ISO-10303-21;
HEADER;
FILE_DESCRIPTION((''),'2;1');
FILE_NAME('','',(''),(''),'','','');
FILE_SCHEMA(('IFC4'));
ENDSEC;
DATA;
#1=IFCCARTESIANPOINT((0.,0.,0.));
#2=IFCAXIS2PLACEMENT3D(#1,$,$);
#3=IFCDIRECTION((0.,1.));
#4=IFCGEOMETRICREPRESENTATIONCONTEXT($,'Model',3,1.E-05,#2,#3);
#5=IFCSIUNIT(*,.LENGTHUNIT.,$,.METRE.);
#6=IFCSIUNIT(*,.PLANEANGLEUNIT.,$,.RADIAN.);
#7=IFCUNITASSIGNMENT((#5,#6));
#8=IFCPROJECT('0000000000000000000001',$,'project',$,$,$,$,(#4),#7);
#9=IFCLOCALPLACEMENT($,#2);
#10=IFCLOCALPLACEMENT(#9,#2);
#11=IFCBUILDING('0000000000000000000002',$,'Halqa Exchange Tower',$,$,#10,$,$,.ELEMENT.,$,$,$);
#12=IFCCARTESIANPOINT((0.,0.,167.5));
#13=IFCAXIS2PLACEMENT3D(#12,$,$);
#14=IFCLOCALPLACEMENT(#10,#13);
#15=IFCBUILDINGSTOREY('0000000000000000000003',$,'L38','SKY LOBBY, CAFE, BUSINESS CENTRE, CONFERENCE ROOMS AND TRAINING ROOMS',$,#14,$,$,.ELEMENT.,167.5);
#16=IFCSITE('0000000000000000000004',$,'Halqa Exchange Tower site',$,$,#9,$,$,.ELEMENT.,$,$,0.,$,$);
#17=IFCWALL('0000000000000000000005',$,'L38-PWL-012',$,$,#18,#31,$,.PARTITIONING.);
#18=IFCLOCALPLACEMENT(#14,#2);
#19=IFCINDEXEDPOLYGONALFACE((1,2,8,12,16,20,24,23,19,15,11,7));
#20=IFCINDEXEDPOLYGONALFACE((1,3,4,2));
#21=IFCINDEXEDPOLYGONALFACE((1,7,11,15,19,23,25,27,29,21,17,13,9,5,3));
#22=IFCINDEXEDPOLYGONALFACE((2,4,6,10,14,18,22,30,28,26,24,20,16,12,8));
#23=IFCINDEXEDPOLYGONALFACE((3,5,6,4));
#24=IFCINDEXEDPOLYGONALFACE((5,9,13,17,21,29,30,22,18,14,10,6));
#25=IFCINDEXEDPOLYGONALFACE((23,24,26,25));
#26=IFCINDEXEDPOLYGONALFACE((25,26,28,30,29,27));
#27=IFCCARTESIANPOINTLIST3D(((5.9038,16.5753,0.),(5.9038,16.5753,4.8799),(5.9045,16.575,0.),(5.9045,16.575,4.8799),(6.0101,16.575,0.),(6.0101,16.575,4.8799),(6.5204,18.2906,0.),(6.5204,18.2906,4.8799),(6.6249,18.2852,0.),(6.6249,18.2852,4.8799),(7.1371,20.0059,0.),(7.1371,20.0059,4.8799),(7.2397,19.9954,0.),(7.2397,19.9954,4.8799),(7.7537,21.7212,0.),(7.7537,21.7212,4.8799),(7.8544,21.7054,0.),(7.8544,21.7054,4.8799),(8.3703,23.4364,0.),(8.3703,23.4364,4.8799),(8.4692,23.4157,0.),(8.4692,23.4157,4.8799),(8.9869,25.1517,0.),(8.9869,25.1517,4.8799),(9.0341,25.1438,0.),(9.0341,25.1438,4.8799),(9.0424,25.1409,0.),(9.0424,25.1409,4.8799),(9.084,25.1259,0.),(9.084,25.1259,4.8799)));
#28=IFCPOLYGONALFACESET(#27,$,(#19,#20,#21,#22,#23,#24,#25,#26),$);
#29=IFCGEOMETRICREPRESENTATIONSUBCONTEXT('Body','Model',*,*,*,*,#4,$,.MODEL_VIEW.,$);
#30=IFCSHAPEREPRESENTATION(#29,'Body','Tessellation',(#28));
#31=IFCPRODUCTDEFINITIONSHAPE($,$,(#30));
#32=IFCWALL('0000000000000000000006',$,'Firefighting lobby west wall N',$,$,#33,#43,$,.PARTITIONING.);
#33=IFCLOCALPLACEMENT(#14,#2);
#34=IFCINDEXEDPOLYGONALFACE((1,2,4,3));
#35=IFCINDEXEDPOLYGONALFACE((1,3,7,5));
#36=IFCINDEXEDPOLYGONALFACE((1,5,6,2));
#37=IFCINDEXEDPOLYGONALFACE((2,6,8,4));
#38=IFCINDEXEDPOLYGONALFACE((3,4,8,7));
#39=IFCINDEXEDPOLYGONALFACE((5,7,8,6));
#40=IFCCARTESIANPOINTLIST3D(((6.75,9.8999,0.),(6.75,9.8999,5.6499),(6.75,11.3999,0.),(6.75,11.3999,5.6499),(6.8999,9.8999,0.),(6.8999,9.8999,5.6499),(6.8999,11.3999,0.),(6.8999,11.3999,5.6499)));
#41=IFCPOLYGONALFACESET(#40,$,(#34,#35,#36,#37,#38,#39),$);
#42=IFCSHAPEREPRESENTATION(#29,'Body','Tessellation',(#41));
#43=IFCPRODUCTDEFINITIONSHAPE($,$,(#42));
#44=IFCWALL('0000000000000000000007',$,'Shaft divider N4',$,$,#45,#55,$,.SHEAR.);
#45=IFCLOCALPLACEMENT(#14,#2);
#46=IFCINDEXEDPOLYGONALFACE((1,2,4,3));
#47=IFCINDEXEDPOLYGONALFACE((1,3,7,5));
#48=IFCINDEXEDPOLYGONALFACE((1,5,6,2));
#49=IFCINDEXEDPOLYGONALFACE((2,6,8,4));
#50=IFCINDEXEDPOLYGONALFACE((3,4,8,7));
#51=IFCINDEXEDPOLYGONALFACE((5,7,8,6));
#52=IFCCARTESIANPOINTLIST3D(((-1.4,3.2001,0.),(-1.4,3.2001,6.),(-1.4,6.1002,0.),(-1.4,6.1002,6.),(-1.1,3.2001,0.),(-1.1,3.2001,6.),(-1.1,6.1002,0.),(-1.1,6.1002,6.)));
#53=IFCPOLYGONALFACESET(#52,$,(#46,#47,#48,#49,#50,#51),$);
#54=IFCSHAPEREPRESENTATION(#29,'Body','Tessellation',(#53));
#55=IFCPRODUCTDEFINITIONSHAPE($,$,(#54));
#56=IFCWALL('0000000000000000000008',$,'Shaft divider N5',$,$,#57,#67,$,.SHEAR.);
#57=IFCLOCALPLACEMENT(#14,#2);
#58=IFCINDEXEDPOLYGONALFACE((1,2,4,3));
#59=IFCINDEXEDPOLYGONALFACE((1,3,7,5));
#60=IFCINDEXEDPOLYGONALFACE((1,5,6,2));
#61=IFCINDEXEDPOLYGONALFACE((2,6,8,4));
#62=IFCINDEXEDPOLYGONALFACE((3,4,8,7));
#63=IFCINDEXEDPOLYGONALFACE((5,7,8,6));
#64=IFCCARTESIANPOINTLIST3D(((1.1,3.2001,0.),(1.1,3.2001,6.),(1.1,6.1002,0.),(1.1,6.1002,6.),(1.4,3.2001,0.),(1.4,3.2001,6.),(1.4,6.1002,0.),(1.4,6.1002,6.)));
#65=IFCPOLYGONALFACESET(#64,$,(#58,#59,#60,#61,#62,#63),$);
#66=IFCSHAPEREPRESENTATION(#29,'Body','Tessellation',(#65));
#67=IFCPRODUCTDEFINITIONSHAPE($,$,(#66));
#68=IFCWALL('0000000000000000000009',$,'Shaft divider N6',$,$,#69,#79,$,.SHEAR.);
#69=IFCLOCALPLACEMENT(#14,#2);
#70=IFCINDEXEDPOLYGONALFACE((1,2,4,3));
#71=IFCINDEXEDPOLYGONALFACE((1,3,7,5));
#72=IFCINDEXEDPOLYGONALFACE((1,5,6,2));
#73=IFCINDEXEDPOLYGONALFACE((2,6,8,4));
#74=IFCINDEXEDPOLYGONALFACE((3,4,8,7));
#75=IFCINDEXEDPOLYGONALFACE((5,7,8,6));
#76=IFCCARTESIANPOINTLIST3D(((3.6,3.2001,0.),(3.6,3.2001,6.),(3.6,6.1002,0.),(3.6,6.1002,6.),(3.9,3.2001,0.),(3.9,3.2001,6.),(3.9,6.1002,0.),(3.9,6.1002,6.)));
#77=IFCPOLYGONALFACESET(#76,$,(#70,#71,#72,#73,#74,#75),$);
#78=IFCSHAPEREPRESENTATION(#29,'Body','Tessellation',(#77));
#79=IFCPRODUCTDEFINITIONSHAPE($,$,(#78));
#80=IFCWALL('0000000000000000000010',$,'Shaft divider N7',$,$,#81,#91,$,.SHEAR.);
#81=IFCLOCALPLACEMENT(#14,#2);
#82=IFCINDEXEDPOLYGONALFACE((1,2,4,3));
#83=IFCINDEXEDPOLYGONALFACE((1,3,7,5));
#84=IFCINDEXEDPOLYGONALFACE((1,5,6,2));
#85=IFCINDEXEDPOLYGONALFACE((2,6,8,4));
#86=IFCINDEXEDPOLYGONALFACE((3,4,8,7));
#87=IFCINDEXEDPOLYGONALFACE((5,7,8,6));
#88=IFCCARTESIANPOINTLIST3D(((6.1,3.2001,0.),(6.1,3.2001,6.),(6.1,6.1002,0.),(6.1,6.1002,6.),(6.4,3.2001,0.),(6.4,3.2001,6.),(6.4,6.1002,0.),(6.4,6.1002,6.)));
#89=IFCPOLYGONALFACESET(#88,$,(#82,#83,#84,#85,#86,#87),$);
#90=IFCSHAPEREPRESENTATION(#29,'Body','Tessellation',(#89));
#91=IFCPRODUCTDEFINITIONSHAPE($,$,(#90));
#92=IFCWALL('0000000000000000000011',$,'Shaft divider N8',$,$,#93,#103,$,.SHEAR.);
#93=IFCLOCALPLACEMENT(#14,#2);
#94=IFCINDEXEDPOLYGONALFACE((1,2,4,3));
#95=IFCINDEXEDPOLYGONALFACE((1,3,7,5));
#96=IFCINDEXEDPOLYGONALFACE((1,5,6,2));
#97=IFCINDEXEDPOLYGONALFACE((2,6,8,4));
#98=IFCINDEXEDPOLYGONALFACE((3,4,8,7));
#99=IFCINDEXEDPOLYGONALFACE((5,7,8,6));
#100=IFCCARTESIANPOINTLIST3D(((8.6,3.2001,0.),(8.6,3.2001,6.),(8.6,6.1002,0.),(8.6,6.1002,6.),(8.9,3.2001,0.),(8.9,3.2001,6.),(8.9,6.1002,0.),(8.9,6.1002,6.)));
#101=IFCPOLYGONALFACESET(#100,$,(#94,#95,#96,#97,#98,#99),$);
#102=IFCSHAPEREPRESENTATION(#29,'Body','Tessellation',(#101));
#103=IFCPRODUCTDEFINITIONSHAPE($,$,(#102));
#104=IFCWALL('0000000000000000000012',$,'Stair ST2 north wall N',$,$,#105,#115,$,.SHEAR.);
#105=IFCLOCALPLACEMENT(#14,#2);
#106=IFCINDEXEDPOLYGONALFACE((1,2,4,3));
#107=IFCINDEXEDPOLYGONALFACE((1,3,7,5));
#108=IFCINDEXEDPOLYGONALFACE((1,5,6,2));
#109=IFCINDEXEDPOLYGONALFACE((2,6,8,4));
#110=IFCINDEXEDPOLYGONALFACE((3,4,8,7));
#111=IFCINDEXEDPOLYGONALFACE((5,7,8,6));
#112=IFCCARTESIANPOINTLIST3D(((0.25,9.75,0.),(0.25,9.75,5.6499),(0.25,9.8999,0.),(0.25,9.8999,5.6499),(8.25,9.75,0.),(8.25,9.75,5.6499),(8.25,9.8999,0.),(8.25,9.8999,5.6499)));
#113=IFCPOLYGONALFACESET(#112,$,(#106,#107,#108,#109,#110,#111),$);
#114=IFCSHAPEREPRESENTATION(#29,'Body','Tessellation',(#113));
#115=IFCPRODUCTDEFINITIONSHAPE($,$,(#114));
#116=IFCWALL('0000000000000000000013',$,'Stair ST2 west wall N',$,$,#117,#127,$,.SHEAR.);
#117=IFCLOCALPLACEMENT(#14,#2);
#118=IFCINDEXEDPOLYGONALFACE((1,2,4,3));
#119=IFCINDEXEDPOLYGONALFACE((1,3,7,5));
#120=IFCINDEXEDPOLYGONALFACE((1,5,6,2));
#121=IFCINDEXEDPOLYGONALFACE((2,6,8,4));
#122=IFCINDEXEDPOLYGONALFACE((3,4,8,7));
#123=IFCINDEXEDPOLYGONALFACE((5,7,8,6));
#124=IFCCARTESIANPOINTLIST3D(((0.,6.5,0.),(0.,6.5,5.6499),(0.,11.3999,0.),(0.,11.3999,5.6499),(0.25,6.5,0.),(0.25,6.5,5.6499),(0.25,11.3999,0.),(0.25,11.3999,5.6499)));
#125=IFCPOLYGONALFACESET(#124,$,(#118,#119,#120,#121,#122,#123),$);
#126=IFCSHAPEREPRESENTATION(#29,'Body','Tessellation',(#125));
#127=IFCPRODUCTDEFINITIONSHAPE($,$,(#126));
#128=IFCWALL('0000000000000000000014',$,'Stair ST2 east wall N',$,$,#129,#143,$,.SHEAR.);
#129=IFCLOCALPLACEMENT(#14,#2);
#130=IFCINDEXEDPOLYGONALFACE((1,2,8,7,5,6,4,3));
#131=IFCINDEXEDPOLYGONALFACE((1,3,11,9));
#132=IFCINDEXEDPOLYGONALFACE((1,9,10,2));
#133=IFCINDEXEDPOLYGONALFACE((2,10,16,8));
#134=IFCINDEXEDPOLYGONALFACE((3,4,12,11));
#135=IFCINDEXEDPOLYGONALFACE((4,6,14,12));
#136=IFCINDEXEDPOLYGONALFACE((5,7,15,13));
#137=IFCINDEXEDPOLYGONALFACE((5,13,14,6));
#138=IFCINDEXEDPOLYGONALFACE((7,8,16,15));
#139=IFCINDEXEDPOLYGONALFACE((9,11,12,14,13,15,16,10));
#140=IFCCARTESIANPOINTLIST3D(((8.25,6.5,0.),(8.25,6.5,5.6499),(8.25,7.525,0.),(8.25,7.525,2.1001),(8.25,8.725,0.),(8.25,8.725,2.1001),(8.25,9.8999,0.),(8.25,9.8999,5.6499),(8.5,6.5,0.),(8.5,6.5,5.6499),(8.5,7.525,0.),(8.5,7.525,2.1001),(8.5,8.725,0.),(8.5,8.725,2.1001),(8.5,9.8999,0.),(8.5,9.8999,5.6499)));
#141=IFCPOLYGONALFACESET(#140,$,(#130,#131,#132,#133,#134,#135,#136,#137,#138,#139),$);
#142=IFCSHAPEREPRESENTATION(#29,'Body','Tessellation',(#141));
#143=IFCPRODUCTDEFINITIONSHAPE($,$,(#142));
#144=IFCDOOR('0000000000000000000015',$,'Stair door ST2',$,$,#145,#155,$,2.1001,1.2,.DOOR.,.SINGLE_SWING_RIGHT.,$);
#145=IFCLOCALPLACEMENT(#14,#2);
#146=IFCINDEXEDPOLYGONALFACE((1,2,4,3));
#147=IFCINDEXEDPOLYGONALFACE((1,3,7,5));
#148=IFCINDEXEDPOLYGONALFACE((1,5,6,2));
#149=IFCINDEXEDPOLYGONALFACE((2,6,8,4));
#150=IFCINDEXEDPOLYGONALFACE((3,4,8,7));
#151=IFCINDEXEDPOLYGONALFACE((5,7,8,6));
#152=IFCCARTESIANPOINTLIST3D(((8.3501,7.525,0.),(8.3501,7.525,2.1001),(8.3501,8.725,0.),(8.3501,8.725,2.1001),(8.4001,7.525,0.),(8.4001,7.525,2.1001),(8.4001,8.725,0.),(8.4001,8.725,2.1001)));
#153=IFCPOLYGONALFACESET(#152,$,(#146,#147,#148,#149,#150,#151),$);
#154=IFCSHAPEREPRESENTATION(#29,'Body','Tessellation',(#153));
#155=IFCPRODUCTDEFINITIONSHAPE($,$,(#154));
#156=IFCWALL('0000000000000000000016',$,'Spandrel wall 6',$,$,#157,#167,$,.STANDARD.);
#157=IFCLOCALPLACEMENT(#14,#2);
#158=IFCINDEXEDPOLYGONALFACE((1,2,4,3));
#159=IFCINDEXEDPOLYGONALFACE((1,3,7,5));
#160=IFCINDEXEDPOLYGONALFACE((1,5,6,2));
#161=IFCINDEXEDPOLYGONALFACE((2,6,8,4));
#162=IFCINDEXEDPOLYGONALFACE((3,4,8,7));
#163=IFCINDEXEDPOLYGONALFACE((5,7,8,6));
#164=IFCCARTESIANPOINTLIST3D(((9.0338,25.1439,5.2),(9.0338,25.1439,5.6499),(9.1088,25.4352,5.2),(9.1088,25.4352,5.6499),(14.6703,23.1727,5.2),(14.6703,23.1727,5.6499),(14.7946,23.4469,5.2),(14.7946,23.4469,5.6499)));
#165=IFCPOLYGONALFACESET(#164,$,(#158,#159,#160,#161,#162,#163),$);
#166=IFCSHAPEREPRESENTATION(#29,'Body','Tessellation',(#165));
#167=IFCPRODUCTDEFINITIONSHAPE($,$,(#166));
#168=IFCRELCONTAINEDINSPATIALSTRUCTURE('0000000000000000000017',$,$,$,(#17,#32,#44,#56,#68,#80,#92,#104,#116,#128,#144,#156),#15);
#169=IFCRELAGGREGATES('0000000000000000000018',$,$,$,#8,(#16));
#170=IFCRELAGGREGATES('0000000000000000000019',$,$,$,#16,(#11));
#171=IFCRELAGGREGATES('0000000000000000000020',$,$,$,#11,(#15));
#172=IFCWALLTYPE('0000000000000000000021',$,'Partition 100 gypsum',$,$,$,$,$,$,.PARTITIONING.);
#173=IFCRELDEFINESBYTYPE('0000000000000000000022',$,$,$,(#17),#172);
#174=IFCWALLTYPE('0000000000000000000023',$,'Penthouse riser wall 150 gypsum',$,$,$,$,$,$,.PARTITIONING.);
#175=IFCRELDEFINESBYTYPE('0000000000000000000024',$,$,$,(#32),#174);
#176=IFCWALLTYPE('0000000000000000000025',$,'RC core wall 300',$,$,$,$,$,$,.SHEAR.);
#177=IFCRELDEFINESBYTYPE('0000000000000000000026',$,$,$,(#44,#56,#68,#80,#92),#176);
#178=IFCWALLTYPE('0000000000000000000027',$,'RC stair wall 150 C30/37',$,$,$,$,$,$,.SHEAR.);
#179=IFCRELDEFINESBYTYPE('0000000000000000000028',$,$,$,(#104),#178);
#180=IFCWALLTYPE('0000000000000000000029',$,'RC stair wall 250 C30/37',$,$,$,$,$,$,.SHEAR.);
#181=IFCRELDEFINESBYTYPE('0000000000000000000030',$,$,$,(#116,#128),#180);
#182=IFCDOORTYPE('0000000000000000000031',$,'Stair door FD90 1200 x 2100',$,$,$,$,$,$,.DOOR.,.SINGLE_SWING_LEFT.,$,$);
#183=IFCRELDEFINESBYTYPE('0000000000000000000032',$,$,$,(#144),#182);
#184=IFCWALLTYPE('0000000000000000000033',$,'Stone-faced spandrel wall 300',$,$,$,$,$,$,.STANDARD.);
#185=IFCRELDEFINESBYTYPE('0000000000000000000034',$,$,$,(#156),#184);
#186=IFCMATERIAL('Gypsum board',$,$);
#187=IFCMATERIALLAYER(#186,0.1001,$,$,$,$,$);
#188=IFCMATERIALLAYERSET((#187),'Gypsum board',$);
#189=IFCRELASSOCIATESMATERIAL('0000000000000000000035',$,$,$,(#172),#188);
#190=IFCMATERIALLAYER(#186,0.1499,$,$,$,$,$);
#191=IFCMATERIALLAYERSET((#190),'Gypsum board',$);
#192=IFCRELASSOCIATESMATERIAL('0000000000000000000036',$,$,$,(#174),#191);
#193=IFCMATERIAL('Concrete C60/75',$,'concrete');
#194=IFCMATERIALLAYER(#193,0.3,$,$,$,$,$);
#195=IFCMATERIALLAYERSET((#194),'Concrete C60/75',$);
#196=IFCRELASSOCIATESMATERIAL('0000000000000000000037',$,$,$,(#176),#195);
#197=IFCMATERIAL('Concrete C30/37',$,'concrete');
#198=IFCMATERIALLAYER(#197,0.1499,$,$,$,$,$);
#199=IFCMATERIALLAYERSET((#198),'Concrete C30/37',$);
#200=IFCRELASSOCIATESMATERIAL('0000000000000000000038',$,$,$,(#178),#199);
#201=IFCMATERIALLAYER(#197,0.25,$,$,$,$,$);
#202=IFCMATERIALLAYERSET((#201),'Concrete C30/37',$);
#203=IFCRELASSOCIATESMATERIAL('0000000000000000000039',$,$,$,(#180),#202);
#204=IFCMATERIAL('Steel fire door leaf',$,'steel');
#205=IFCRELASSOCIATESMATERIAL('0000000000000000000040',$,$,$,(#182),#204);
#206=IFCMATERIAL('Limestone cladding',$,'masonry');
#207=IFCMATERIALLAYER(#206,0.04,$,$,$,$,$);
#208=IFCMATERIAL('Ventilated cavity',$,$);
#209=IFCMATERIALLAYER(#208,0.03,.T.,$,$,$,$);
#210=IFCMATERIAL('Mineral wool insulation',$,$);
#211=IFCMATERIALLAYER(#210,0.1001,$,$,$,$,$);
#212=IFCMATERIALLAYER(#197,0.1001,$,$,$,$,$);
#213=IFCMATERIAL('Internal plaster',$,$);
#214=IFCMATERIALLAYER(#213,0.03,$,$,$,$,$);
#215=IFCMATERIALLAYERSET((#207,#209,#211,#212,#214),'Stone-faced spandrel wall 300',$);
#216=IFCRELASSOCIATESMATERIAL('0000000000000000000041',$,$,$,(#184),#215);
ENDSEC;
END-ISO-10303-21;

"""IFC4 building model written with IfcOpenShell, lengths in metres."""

from ifc_helpers import new_model, si_unit, direction, frame, frame_2d, origin, place, context, subcontext, project, spatial, polyline, rectangle, outline, extrude, material, layer, layer_set, type_object, element, fill, save


model = new_model("IFC4")

# Units and contexts
model_context = context("Model", 3, precision=1e-05, world=origin(), true_north=direction((0.0, 1.0)))
body_context = subcontext(model_context, "Body", "Model", "MODEL_VIEW")
ifc_project = project(units=[si_unit("LENGTHUNIT", "METRE"), si_unit("PLANEANGLEUNIT", "RADIAN")], contexts=[model_context])

# Site, building, storey
site_placement = place(None, origin())
site = spatial("IfcSite", under=ifc_project, at=site_placement, Name="Halqa Exchange Tower site", CompositionType="ELEMENT", RefElevation=0.0)
building_placement = place(site_placement, origin())
building = spatial("IfcBuilding", under=site, at=building_placement, Name="Halqa Exchange Tower", CompositionType="ELEMENT")
storey_placement = place(building_placement, frame((0.0, 0.0, 167.5)))
storey = spatial("IfcBuildingStorey", under=building, at=storey_placement, Name="L38", Description="SKY LOBBY, CAFE, BUSINESS CENTRE, CONFERENCE ROOMS AND TRAINING ROOMS", CompositionType="ELEMENT", Elevation=167.5)

# Shared definitions
ifc_material_1 = material(Name="Concrete C60/75", Category="concrete")

# Shared definitions
ifc_material_2 = material(Name="Concrete C30/37", Category="concrete")

# Walls
ifc_material_3 = material(Name="Gypsum board")
ifc_layer_1 = layer(ifc_material_3, 0.1001)
ifc_layer_set_1 = layer_set([ifc_layer_1], Name="Gypsum board")
wall_type_1 = type_object("IfcWallType", Name="Partition 100 gypsum", PredefinedType="PARTITIONING", material=ifc_layer_set_1)
wall_1_placement = place(storey_placement, frame((5.9509, 16.5583, 0.0), z_axis=(0.0, 0.0, 1.0), x_axis=(0.338285, 0.941044, 0.0)))
element("IfcWall", 1, at=wall_1_placement, inside=storey, type_object=wall_type_1, Name="L38-PWL-012", PredefinedType="PARTITIONING", context=body_context, shape_type="SweptSolid", body=[
    extrude(outline(polyline([(9.1223, -0.05), (9.1223, -0.0059), (9.1223, 0.0029), (9.1138, 0.05), (7.291, 0.05), (5.4683, 0.05), (3.6455, 0.05), (1.8228, 0.05), (0.0, 0.05), (0.0, 0.0493), (0.0356, -0.05), (1.853, -0.05), (3.6704, -0.05), (5.4875, -0.05), (7.3049, -0.05), (9.1223, -0.05)])), origin(), (0.0, 0.0, 1.0), 4.8799),
])
ifc_layer_2 = layer(ifc_material_3, 0.1499)
ifc_layer_set_2 = layer_set([ifc_layer_2], Name="Gypsum board")
wall_type_2 = type_object("IfcWallType", Name="Penthouse riser wall 150 gypsum", PredefinedType="PARTITIONING", material=ifc_layer_set_2)
wall_2_placement = place(storey_placement, frame((6.825, 9.8999, 0.0), z_axis=(0.0, 0.0, 1.0), x_axis=(0.0, 1.0, 0.0)))
element("IfcWall", 2, at=wall_2_placement, inside=storey, type_object=wall_type_2, Name="Firefighting lobby west wall N", PredefinedType="PARTITIONING", context=body_context, shape_type="SweptSolid", body=[
    extrude(rectangle(XDim=1.5, YDim=0.1499, at=frame_2d((0.75, 0.0))), origin(), (0.0, 0.0, 1.0), 5.6499),
])
ifc_layer_3 = layer(ifc_material_1, 0.3)
ifc_layer_set_3 = layer_set([ifc_layer_3], Name="Concrete C60/75")
wall_type_3 = type_object("IfcWallType", Name="RC core wall 300", PredefinedType="SHEAR", material=ifc_layer_set_3)
for number, where, z_axis, x_axis, name in (
    (3, (-1.25, 3.2, 0.0), (0.0, 0.0, 1.0), (0.0, 1.0, 0.0), "Shaft divider N4"),
    (4, (1.25, 3.2, 0.0), (0.0, 0.0, 1.0), (0.0, 1.0, 0.0), "Shaft divider N5"),
    (5, (3.75, 3.2, 0.0), (0.0, 0.0, 1.0), (0.0, 1.0, 0.0), "Shaft divider N6"),
    (6, (6.25, 3.2, 0.0), (0.0, 0.0, 1.0), (0.0, 1.0, 0.0), "Shaft divider N7"),
    (7, (8.75, 3.2, 0.0), (0.0, 0.0, 1.0), (0.0, 1.0, 0.0), "Shaft divider N8"),
):
    element("IfcWall", number, at=place(storey_placement, frame(where, z_axis=z_axis, x_axis=x_axis)), inside=storey, type_object=wall_type_3, Name=name, PredefinedType="SHEAR", context=body_context, shape_type="SweptSolid", body=[
        extrude(rectangle(XDim=2.9001, YDim=0.3, at=frame_2d((1.4502, 0.0))), origin(), (0.0, 0.0, 1.0), 6.0),
    ])
ifc_layer_4 = layer(ifc_material_2, 0.1499)
ifc_layer_set_4 = layer_set([ifc_layer_4], Name="Concrete C30/37")
wall_type_4 = type_object("IfcWallType", Name="RC stair wall 150 C30/37", PredefinedType="SHEAR", material=ifc_layer_set_4)
wall_3_placement = place(storey_placement, frame((0.25, 9.825, 0.0), z_axis=(0.0, 0.0, 1.0), x_axis=(1.0, 0.0, 0.0)))
element("IfcWall", 8, at=wall_3_placement, inside=storey, type_object=wall_type_4, Name="Stair ST2 north wall N", PredefinedType="SHEAR", context=body_context, shape_type="SweptSolid", body=[
    extrude(rectangle(XDim=8.0, YDim=0.1499, at=frame_2d((4.0, 0.0))), origin(), (0.0, 0.0, 1.0), 5.6499),
])
ifc_layer_5 = layer(ifc_material_2, 0.25)
ifc_layer_set_5 = layer_set([ifc_layer_5], Name="Concrete C30/37")
wall_type_5 = type_object("IfcWallType", Name="RC stair wall 250 C30/37", PredefinedType="SHEAR", material=ifc_layer_set_5)
wall_4_placement = place(storey_placement, frame((0.125, 6.5, 0.0), z_axis=(0.0, 0.0, 1.0), x_axis=(0.0, 1.0, 0.0)))
element("IfcWall", 9, at=wall_4_placement, inside=storey, type_object=wall_type_5, Name="Stair ST2 west wall N", PredefinedType="SHEAR", context=body_context, shape_type="SweptSolid", body=[
    extrude(rectangle(XDim=4.8999, YDim=0.25, at=frame_2d((2.45, 0.0))), origin(), (0.0, 0.0, 1.0), 5.6499),
])

# Wall, opening, door
wall_5_placement = place(storey_placement, frame((8.375, 6.5, 0.0), z_axis=(0.0, 0.0, 1.0), x_axis=(0.0, 1.0, 0.0)))
wall_5 = element("IfcWall", 10, at=wall_5_placement, inside=storey, type_object=wall_type_5, Name="Stair ST2 east wall N", PredefinedType="SHEAR", context=body_context, shape_type="SweptSolid", body=[
    extrude(rectangle(XDim=3.3999, YDim=0.25, at=frame_2d((1.7, 0.0))), origin(), (0.0, 0.0, 1.0), 5.6499),
])
opening_placement = place(wall_5_placement, frame((1.0249, 0.0, 0.0)))
opening = element("IfcOpeningElement", 11, at=opening_placement, cuts=wall_5, PredefinedType="OPENING", context=body_context, shape_type="SweptSolid", body=[
    extrude(rectangle(XDim=1.2, YDim=2.1001, at=frame_2d((0.6001, 1.05))), frame((0.0, 0.137, 0.0), z_axis=(0.0, -1.0, 0.0), x_axis=(1.0, 0.0, 0.0)), (0.0, 0.0, 1.0), 0.2739),
])
ifc_material_4 = material(Name="Steel fire door leaf", Category="steel")
door_type = type_object("IfcDoorType", Name="Stair door FD90 1200 x 2100", OperationType="SINGLE_SWING_LEFT", PredefinedType="DOOR", material=ifc_material_4)
door_placement = place(opening_placement, origin())
door = element("IfcDoor", 12, at=door_placement, inside=storey, type_object=door_type, Name="Stair door ST2", OperationType="SINGLE_SWING_RIGHT", OverallHeight=2.1001, OverallWidth=1.2, PredefinedType="DOOR", context=body_context, shape_type="SweptSolid", body=[
    extrude(rectangle(XDim=1.2, YDim=2.1001, at=frame_2d((0.6001, 1.05))), frame((0.0, 0.0249, 0.0), z_axis=(0.0, -1.0, 0.0), x_axis=(1.0, 0.0, 0.0)), (0.0, 0.0, 1.0), 0.05),
])
fill(opening, door)

# Wall
ifc_material_5 = material(Name="Limestone cladding", Category="masonry")
ifc_layer_6 = layer(ifc_material_5, 0.04)
ifc_material_6 = material(Name="Ventilated cavity")
ifc_layer_7 = layer(ifc_material_6, 0.03, ventilated=True)
ifc_material_7 = material(Name="Mineral wool insulation")
ifc_layer_8 = layer(ifc_material_7, 0.1001)
ifc_layer_9 = layer(ifc_material_2, 0.1001)
ifc_material_8 = material(Name="Internal plaster")
ifc_layer_10 = layer(ifc_material_8, 0.03)
ifc_layer_set_6 = layer_set([ifc_layer_6, ifc_layer_7, ifc_layer_8, ifc_layer_9, ifc_layer_10], Name="Stone-faced spandrel wall 300")
wall_type_6 = type_object("IfcWallType", Name="Stone-faced spandrel wall 300", PredefinedType="STANDARD", material=ifc_layer_set_6)
wall_6_placement = place(storey_placement, frame((14.7324, 23.3098, 5.2), z_axis=(0.0, 0.0, 1.0), x_axis=(-0.943945, 0.330104, 0.0)))
element("IfcWall", 13, at=wall_6_placement, inside=storey, type_object=wall_type_6, Name="Spandrel wall 6", PredefinedType="STANDARD", context=body_context, shape_type="SweptSolid", body=[
    extrude(outline(polyline([(-0.0134, -0.1499), (6.01, -0.1499), (5.9846, 0.1499), (0.0134, 0.1499), (-0.0134, -0.1499)])), origin(), (0.0, 0.0, 1.0), 0.45),
])

save(model, "model.ifc")
